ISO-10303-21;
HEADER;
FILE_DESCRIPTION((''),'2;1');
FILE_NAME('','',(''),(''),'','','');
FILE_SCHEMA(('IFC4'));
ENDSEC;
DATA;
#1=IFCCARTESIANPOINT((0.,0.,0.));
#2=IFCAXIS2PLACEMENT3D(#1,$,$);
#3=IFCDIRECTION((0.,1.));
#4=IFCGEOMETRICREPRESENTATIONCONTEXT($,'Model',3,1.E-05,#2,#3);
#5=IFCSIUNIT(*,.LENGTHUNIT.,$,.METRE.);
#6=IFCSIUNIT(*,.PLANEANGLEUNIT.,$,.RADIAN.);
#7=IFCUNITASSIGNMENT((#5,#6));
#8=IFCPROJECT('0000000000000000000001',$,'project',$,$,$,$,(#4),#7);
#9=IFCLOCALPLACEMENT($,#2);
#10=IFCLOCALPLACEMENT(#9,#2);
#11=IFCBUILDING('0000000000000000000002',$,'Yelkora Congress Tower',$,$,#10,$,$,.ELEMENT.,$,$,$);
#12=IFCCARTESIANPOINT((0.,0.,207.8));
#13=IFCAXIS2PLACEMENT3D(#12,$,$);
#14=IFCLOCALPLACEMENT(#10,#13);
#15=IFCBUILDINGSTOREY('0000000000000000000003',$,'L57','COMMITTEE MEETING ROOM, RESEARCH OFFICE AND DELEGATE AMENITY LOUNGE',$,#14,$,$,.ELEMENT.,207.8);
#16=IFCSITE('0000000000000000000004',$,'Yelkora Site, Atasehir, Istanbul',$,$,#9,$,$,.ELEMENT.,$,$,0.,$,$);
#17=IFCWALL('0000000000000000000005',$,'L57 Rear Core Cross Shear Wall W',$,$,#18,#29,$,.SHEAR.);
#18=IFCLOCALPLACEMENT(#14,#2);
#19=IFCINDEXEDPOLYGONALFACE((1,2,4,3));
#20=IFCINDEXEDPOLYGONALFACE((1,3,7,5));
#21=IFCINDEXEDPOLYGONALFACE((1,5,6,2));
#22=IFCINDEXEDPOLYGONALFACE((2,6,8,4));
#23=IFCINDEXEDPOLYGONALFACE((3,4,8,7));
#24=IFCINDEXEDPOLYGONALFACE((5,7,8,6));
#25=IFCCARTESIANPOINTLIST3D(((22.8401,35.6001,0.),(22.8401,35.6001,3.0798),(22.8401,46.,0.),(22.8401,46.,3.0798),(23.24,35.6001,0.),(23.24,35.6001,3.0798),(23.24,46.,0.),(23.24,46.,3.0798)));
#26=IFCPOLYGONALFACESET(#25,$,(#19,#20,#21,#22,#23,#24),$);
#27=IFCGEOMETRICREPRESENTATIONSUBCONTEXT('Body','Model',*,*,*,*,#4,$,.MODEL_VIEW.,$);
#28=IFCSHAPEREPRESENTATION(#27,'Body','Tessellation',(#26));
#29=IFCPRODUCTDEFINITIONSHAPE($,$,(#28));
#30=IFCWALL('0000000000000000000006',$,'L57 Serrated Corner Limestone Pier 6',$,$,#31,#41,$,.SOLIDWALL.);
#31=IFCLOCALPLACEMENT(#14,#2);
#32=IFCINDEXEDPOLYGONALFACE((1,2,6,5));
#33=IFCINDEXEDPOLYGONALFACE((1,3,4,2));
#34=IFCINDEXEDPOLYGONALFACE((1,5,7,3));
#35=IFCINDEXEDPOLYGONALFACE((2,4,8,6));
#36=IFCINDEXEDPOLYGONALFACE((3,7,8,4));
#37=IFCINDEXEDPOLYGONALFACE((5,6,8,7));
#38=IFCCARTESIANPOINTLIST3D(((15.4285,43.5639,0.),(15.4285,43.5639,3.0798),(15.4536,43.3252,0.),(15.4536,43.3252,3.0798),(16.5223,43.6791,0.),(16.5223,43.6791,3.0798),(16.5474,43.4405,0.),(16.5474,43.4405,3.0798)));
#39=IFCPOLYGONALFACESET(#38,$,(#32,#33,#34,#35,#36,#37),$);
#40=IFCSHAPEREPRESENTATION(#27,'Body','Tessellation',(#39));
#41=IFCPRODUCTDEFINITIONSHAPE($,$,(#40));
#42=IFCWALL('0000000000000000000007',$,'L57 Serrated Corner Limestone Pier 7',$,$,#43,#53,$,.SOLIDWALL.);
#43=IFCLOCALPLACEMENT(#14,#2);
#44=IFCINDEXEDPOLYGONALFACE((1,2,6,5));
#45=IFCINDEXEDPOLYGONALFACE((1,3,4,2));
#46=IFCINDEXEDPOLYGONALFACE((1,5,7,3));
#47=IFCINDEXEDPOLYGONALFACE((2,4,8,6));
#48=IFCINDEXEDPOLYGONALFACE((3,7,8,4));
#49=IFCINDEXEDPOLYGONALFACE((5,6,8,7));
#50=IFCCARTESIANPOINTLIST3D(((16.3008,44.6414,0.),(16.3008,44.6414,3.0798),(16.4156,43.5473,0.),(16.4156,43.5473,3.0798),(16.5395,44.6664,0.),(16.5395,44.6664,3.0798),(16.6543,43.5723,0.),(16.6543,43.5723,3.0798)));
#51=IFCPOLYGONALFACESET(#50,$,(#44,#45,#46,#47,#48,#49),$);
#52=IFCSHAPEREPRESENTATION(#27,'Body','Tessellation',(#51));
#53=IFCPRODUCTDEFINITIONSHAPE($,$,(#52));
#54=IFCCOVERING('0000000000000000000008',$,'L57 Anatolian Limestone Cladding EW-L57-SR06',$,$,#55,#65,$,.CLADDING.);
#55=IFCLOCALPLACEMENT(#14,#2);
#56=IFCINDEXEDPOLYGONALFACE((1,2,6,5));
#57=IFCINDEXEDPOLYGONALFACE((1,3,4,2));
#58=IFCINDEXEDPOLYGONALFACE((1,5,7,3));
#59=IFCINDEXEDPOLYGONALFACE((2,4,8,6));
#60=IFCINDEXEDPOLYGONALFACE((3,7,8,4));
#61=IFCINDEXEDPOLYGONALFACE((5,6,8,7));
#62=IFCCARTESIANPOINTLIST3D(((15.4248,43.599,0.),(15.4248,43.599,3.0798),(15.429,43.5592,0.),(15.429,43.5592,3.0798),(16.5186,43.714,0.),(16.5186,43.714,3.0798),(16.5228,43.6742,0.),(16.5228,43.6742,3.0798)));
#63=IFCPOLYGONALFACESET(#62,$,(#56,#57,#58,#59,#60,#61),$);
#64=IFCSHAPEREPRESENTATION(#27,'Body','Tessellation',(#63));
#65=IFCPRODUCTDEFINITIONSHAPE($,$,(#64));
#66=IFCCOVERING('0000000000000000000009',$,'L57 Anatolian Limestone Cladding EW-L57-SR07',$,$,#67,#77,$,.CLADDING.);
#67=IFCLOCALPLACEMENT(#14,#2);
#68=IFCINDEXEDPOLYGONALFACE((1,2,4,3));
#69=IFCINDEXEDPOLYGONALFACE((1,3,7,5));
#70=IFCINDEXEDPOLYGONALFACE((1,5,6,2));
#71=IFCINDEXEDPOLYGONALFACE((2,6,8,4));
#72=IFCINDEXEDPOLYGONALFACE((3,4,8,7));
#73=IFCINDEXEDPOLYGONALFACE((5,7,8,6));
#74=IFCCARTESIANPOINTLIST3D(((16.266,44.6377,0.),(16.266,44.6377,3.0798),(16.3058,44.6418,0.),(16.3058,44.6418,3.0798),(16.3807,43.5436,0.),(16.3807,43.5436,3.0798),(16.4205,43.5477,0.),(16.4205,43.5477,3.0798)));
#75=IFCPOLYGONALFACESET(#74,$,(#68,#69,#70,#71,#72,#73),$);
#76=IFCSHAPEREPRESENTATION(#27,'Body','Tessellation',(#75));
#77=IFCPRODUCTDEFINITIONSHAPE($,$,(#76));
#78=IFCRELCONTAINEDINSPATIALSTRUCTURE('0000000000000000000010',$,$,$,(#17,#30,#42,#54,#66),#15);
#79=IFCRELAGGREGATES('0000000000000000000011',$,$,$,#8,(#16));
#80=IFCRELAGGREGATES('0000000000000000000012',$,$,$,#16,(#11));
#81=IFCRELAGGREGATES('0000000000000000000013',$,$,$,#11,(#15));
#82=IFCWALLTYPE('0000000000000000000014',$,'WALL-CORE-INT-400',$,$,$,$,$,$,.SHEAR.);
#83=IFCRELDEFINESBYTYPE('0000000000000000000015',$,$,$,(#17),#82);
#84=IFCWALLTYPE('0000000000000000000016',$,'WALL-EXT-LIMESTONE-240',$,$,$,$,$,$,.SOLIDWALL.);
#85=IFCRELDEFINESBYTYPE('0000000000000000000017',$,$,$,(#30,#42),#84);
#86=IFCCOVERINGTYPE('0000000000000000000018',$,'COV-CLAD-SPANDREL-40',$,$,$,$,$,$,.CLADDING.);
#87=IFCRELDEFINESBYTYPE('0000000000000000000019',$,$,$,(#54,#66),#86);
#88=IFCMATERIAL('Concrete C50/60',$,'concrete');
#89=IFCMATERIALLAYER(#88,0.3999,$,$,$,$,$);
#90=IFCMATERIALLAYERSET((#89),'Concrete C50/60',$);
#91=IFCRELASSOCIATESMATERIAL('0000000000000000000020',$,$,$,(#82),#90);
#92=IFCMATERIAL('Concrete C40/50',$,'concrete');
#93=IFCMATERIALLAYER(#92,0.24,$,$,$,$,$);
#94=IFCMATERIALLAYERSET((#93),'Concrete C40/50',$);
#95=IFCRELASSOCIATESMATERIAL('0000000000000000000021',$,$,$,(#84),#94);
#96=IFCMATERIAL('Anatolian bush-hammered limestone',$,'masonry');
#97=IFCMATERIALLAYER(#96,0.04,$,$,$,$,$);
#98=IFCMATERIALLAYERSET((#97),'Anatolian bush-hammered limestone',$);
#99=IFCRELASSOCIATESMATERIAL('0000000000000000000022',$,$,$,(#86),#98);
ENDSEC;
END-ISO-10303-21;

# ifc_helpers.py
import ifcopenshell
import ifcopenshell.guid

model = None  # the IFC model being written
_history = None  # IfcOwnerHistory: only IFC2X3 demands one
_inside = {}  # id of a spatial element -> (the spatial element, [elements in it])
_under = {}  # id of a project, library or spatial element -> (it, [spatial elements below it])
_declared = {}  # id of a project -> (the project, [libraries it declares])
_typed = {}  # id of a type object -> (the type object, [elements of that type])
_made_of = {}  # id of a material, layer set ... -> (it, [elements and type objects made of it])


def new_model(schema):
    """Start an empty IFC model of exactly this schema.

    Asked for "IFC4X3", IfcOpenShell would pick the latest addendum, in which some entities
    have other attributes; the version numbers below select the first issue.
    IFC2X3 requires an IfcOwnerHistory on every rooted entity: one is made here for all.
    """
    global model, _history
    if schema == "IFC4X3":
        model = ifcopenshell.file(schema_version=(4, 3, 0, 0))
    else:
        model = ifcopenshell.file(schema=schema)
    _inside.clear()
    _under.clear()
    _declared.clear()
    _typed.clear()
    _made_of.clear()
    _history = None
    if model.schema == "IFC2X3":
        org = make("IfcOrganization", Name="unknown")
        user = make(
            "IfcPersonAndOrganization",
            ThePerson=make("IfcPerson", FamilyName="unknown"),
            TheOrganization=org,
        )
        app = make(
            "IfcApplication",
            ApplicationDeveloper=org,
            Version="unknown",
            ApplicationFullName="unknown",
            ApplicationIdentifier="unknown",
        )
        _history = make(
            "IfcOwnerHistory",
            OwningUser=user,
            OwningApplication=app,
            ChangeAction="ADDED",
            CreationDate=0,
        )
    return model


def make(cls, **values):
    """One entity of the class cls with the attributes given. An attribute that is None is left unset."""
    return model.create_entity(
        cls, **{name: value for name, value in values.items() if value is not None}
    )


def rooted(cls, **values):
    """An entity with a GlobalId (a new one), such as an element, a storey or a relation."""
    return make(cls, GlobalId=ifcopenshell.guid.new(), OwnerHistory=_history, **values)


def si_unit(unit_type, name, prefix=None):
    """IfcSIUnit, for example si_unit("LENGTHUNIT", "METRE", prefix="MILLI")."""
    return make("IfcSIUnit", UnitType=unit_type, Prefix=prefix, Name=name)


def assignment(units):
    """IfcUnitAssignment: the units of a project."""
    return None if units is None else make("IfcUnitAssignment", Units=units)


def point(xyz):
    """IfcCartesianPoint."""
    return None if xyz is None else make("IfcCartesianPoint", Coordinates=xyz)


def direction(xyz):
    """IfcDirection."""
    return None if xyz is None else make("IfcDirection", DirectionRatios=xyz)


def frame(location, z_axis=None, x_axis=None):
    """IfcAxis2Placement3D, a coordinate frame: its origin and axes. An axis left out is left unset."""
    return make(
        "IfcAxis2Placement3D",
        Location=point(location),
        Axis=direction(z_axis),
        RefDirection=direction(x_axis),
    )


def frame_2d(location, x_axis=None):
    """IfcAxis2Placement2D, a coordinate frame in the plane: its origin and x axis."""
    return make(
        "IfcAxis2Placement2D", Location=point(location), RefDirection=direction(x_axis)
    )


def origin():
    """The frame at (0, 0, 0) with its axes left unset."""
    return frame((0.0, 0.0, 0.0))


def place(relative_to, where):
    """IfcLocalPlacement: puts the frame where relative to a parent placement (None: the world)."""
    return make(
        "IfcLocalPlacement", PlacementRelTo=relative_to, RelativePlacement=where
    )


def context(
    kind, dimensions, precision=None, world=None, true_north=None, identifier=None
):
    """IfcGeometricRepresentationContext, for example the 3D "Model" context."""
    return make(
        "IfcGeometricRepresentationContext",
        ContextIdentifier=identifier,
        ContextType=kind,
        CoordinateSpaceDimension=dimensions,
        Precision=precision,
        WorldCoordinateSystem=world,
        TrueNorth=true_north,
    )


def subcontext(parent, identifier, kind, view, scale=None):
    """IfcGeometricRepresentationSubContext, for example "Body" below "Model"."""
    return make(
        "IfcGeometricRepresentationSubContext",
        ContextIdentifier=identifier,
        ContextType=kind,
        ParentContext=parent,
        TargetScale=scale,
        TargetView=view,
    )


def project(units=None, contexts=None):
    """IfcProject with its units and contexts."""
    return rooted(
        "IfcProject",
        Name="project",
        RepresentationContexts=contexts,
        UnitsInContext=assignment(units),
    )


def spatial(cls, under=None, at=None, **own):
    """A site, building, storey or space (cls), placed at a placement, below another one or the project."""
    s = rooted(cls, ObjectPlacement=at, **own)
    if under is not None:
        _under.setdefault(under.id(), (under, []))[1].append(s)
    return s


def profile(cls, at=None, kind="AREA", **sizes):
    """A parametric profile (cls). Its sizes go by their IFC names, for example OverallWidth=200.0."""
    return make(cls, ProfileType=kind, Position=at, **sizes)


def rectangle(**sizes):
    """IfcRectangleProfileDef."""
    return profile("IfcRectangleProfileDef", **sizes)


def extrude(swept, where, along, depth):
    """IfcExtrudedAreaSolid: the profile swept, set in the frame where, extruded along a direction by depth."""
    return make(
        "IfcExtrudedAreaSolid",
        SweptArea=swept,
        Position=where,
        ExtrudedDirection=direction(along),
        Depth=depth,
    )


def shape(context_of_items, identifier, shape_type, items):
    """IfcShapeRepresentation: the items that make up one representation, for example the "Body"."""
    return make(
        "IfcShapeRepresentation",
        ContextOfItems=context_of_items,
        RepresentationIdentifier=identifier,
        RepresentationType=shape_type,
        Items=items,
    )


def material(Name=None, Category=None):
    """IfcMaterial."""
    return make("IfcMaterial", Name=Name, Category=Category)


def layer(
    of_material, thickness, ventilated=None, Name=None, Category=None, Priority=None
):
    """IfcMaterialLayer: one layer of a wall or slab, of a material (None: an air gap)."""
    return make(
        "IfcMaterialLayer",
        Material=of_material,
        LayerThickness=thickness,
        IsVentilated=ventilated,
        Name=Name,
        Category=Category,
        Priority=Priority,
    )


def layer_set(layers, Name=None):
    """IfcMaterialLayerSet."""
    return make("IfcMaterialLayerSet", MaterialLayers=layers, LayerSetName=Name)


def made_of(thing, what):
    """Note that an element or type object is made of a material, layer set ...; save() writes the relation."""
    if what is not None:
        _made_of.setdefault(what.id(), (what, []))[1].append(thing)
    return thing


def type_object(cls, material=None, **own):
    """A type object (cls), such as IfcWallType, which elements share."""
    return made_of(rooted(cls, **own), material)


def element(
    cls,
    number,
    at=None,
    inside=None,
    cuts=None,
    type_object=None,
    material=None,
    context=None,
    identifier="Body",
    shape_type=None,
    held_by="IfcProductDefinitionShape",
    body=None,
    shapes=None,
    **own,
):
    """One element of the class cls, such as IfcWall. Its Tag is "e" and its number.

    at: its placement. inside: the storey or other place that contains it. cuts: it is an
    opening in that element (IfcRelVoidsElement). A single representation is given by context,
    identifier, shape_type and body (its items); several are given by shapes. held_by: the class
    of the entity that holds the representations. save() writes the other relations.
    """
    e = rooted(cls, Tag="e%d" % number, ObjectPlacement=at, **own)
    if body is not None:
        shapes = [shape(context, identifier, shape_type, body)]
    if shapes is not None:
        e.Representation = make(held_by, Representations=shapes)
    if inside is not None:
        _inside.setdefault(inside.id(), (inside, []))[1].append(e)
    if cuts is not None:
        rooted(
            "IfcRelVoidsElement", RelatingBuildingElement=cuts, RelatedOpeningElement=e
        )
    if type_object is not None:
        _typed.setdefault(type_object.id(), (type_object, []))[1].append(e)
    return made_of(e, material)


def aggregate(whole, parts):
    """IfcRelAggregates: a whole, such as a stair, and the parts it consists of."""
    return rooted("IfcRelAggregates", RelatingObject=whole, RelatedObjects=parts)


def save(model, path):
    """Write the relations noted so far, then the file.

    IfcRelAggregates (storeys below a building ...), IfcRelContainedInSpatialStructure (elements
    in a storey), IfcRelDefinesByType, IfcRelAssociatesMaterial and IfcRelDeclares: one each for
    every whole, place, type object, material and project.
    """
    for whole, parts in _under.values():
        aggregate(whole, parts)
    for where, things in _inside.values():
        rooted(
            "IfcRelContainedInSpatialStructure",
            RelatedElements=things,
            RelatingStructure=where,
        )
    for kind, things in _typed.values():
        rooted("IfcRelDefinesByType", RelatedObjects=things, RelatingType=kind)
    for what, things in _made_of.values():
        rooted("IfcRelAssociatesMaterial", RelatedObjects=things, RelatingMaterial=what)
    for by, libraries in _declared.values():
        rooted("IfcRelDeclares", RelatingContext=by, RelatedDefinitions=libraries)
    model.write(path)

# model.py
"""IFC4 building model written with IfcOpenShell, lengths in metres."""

from ifc_helpers import new_model, si_unit, direction, frame, frame_2d, origin, place, context, subcontext, project, spatial, rectangle, extrude, material, layer, layer_set, type_object, element, save


model = new_model("IFC4")

# Units and contexts
model_context = context("Model", 3, precision=1e-05, world=origin(), true_north=direction((0.0, 1.0)))
body_context = subcontext(model_context, "Body", "Model", "MODEL_VIEW")
ifc_project = project(units=[si_unit("LENGTHUNIT", "METRE"), si_unit("PLANEANGLEUNIT", "RADIAN")], contexts=[model_context])

# Site, building, storey
site_placement = place(None, origin())
site = spatial("IfcSite", under=ifc_project, at=site_placement, Name="Yelkora Site, Atasehir, Istanbul", CompositionType="ELEMENT", RefElevation=0.0)
building_placement = place(site_placement, origin())
building = spatial("IfcBuilding", under=site, at=building_placement, Name="Yelkora Congress Tower", CompositionType="ELEMENT")
storey_placement = place(building_placement, frame((0.0, 0.0, 207.8)))
storey = spatial("IfcBuildingStorey", under=building, at=storey_placement, Name="L57", Description="COMMITTEE MEETING ROOM, RESEARCH OFFICE AND DELEGATE AMENITY LOUNGE", CompositionType="ELEMENT", Elevation=207.8)

# Walls
ifc_material_1 = material(Name="Concrete C50/60", Category="concrete")
ifc_layer_1 = layer(ifc_material_1, 0.3999)
ifc_layer_set_1 = layer_set([ifc_layer_1], Name="Concrete C50/60")
wall_type_1 = type_object("IfcWallType", Name="WALL-CORE-INT-400", PredefinedType="SHEAR", material=ifc_layer_set_1)
wall_1_placement = place(storey_placement, frame((23.04, 35.6001, 0.0), z_axis=(0.0, 0.0, 1.0), x_axis=(0.0, 1.0, 0.0)))
element("IfcWall", 1, at=wall_1_placement, inside=storey, type_object=wall_type_1, Name="L57 Rear Core Cross Shear Wall W", PredefinedType="SHEAR", context=body_context, shape_type="SweptSolid", body=[
    extrude(rectangle(XDim=10.3999, YDim=0.3999, at=frame_2d((5.2, 0.0))), origin(), (0.0, 0.0, 1.0), 3.0798),
])
ifc_material_2 = material(Name="Concrete C40/50", Category="concrete")
ifc_layer_2 = layer(ifc_material_2, 0.24)
ifc_layer_set_2 = layer_set([ifc_layer_2], Name="Concrete C40/50")
wall_type_2 = type_object("IfcWallType", Name="WALL-EXT-LIMESTONE-240", PredefinedType="SOLIDWALL", material=ifc_layer_set_2)
wall_2_placement = place(storey_placement, frame((15.4412, 43.4446, 0.0), z_axis=(0.0, 0.0, 1.0), x_axis=(0.994496, 0.104777, 0.0)))
element("IfcWall", 2, at=wall_2_placement, inside=storey, type_object=wall_type_2, Name="L57 Serrated Corner Limestone Pier 6", PredefinedType="SOLIDWALL", context=body_context, shape_type="SweptSolid", body=[
    extrude(rectangle(XDim=1.0999, YDim=0.24, at=frame_2d((0.5498, 0.0))), origin(), (0.0, 0.0, 1.0), 3.0798),
])
wall_3_placement = place(storey_placement, frame((16.5349, 43.5598, 0.0), z_axis=(0.0, 0.0, 1.0), x_axis=(-0.104315, 0.994544, 0.0)))
element("IfcWall", 3, at=wall_3_placement, inside=storey, type_object=wall_type_2, Name="L57 Serrated Corner Limestone Pier 7", PredefinedType="SOLIDWALL", context=body_context, shape_type="SweptSolid", body=[
    extrude(rectangle(XDim=1.1001, YDim=0.24, at=frame_2d((0.55, 0.0))), origin(), (0.0, 0.0, 1.0), 3.0798),
])

# Coverings
ifc_material_3 = material(Name="Anatolian bush-hammered limestone", Category="masonry")
ifc_layer_3 = layer(ifc_material_3, 0.04)
ifc_layer_set_3 = layer_set([ifc_layer_3], Name="Anatolian bush-hammered limestone")
covering_type = type_object("IfcCoveringType", Name="COV-CLAD-SPANDREL-40", PredefinedType="CLADDING", material=ifc_layer_set_3)
covering_1_placement = place(storey_placement, frame((15.427, 43.5791, 0.0), z_axis=(0.0, 0.0, 1.0), x_axis=(0.994519, 0.104558, 0.0)))
element("IfcCovering", 4, at=covering_1_placement, inside=storey, type_object=covering_type, Name="L57 Anatolian Limestone Cladding EW-L57-SR06", PredefinedType="CLADDING", context=body_context, shape_type="SweptSolid", body=[
    extrude(rectangle(XDim=1.0999, YDim=0.04, at=frame_2d((0.5498, 0.0))), origin(), (0.0, 0.0, 1.0), 3.0798),
])
covering_2_placement = place(storey_placement, frame((16.4006, 43.5457, 0.0), z_axis=(0.0, 0.0, 1.0), x_axis=(-0.104315, 0.994544, 0.0)))
element("IfcCovering", 5, at=covering_2_placement, inside=storey, type_object=covering_type, Name="L57 Anatolian Limestone Cladding EW-L57-SR07", PredefinedType="CLADDING", context=body_context, shape_type="SweptSolid", body=[
    extrude(rectangle(XDim=1.1001, YDim=0.04, at=frame_2d((0.55, 0.0))), origin(), (0.0, 0.0, 1.0), 3.0798),
])

save(model, "model.ifc")
